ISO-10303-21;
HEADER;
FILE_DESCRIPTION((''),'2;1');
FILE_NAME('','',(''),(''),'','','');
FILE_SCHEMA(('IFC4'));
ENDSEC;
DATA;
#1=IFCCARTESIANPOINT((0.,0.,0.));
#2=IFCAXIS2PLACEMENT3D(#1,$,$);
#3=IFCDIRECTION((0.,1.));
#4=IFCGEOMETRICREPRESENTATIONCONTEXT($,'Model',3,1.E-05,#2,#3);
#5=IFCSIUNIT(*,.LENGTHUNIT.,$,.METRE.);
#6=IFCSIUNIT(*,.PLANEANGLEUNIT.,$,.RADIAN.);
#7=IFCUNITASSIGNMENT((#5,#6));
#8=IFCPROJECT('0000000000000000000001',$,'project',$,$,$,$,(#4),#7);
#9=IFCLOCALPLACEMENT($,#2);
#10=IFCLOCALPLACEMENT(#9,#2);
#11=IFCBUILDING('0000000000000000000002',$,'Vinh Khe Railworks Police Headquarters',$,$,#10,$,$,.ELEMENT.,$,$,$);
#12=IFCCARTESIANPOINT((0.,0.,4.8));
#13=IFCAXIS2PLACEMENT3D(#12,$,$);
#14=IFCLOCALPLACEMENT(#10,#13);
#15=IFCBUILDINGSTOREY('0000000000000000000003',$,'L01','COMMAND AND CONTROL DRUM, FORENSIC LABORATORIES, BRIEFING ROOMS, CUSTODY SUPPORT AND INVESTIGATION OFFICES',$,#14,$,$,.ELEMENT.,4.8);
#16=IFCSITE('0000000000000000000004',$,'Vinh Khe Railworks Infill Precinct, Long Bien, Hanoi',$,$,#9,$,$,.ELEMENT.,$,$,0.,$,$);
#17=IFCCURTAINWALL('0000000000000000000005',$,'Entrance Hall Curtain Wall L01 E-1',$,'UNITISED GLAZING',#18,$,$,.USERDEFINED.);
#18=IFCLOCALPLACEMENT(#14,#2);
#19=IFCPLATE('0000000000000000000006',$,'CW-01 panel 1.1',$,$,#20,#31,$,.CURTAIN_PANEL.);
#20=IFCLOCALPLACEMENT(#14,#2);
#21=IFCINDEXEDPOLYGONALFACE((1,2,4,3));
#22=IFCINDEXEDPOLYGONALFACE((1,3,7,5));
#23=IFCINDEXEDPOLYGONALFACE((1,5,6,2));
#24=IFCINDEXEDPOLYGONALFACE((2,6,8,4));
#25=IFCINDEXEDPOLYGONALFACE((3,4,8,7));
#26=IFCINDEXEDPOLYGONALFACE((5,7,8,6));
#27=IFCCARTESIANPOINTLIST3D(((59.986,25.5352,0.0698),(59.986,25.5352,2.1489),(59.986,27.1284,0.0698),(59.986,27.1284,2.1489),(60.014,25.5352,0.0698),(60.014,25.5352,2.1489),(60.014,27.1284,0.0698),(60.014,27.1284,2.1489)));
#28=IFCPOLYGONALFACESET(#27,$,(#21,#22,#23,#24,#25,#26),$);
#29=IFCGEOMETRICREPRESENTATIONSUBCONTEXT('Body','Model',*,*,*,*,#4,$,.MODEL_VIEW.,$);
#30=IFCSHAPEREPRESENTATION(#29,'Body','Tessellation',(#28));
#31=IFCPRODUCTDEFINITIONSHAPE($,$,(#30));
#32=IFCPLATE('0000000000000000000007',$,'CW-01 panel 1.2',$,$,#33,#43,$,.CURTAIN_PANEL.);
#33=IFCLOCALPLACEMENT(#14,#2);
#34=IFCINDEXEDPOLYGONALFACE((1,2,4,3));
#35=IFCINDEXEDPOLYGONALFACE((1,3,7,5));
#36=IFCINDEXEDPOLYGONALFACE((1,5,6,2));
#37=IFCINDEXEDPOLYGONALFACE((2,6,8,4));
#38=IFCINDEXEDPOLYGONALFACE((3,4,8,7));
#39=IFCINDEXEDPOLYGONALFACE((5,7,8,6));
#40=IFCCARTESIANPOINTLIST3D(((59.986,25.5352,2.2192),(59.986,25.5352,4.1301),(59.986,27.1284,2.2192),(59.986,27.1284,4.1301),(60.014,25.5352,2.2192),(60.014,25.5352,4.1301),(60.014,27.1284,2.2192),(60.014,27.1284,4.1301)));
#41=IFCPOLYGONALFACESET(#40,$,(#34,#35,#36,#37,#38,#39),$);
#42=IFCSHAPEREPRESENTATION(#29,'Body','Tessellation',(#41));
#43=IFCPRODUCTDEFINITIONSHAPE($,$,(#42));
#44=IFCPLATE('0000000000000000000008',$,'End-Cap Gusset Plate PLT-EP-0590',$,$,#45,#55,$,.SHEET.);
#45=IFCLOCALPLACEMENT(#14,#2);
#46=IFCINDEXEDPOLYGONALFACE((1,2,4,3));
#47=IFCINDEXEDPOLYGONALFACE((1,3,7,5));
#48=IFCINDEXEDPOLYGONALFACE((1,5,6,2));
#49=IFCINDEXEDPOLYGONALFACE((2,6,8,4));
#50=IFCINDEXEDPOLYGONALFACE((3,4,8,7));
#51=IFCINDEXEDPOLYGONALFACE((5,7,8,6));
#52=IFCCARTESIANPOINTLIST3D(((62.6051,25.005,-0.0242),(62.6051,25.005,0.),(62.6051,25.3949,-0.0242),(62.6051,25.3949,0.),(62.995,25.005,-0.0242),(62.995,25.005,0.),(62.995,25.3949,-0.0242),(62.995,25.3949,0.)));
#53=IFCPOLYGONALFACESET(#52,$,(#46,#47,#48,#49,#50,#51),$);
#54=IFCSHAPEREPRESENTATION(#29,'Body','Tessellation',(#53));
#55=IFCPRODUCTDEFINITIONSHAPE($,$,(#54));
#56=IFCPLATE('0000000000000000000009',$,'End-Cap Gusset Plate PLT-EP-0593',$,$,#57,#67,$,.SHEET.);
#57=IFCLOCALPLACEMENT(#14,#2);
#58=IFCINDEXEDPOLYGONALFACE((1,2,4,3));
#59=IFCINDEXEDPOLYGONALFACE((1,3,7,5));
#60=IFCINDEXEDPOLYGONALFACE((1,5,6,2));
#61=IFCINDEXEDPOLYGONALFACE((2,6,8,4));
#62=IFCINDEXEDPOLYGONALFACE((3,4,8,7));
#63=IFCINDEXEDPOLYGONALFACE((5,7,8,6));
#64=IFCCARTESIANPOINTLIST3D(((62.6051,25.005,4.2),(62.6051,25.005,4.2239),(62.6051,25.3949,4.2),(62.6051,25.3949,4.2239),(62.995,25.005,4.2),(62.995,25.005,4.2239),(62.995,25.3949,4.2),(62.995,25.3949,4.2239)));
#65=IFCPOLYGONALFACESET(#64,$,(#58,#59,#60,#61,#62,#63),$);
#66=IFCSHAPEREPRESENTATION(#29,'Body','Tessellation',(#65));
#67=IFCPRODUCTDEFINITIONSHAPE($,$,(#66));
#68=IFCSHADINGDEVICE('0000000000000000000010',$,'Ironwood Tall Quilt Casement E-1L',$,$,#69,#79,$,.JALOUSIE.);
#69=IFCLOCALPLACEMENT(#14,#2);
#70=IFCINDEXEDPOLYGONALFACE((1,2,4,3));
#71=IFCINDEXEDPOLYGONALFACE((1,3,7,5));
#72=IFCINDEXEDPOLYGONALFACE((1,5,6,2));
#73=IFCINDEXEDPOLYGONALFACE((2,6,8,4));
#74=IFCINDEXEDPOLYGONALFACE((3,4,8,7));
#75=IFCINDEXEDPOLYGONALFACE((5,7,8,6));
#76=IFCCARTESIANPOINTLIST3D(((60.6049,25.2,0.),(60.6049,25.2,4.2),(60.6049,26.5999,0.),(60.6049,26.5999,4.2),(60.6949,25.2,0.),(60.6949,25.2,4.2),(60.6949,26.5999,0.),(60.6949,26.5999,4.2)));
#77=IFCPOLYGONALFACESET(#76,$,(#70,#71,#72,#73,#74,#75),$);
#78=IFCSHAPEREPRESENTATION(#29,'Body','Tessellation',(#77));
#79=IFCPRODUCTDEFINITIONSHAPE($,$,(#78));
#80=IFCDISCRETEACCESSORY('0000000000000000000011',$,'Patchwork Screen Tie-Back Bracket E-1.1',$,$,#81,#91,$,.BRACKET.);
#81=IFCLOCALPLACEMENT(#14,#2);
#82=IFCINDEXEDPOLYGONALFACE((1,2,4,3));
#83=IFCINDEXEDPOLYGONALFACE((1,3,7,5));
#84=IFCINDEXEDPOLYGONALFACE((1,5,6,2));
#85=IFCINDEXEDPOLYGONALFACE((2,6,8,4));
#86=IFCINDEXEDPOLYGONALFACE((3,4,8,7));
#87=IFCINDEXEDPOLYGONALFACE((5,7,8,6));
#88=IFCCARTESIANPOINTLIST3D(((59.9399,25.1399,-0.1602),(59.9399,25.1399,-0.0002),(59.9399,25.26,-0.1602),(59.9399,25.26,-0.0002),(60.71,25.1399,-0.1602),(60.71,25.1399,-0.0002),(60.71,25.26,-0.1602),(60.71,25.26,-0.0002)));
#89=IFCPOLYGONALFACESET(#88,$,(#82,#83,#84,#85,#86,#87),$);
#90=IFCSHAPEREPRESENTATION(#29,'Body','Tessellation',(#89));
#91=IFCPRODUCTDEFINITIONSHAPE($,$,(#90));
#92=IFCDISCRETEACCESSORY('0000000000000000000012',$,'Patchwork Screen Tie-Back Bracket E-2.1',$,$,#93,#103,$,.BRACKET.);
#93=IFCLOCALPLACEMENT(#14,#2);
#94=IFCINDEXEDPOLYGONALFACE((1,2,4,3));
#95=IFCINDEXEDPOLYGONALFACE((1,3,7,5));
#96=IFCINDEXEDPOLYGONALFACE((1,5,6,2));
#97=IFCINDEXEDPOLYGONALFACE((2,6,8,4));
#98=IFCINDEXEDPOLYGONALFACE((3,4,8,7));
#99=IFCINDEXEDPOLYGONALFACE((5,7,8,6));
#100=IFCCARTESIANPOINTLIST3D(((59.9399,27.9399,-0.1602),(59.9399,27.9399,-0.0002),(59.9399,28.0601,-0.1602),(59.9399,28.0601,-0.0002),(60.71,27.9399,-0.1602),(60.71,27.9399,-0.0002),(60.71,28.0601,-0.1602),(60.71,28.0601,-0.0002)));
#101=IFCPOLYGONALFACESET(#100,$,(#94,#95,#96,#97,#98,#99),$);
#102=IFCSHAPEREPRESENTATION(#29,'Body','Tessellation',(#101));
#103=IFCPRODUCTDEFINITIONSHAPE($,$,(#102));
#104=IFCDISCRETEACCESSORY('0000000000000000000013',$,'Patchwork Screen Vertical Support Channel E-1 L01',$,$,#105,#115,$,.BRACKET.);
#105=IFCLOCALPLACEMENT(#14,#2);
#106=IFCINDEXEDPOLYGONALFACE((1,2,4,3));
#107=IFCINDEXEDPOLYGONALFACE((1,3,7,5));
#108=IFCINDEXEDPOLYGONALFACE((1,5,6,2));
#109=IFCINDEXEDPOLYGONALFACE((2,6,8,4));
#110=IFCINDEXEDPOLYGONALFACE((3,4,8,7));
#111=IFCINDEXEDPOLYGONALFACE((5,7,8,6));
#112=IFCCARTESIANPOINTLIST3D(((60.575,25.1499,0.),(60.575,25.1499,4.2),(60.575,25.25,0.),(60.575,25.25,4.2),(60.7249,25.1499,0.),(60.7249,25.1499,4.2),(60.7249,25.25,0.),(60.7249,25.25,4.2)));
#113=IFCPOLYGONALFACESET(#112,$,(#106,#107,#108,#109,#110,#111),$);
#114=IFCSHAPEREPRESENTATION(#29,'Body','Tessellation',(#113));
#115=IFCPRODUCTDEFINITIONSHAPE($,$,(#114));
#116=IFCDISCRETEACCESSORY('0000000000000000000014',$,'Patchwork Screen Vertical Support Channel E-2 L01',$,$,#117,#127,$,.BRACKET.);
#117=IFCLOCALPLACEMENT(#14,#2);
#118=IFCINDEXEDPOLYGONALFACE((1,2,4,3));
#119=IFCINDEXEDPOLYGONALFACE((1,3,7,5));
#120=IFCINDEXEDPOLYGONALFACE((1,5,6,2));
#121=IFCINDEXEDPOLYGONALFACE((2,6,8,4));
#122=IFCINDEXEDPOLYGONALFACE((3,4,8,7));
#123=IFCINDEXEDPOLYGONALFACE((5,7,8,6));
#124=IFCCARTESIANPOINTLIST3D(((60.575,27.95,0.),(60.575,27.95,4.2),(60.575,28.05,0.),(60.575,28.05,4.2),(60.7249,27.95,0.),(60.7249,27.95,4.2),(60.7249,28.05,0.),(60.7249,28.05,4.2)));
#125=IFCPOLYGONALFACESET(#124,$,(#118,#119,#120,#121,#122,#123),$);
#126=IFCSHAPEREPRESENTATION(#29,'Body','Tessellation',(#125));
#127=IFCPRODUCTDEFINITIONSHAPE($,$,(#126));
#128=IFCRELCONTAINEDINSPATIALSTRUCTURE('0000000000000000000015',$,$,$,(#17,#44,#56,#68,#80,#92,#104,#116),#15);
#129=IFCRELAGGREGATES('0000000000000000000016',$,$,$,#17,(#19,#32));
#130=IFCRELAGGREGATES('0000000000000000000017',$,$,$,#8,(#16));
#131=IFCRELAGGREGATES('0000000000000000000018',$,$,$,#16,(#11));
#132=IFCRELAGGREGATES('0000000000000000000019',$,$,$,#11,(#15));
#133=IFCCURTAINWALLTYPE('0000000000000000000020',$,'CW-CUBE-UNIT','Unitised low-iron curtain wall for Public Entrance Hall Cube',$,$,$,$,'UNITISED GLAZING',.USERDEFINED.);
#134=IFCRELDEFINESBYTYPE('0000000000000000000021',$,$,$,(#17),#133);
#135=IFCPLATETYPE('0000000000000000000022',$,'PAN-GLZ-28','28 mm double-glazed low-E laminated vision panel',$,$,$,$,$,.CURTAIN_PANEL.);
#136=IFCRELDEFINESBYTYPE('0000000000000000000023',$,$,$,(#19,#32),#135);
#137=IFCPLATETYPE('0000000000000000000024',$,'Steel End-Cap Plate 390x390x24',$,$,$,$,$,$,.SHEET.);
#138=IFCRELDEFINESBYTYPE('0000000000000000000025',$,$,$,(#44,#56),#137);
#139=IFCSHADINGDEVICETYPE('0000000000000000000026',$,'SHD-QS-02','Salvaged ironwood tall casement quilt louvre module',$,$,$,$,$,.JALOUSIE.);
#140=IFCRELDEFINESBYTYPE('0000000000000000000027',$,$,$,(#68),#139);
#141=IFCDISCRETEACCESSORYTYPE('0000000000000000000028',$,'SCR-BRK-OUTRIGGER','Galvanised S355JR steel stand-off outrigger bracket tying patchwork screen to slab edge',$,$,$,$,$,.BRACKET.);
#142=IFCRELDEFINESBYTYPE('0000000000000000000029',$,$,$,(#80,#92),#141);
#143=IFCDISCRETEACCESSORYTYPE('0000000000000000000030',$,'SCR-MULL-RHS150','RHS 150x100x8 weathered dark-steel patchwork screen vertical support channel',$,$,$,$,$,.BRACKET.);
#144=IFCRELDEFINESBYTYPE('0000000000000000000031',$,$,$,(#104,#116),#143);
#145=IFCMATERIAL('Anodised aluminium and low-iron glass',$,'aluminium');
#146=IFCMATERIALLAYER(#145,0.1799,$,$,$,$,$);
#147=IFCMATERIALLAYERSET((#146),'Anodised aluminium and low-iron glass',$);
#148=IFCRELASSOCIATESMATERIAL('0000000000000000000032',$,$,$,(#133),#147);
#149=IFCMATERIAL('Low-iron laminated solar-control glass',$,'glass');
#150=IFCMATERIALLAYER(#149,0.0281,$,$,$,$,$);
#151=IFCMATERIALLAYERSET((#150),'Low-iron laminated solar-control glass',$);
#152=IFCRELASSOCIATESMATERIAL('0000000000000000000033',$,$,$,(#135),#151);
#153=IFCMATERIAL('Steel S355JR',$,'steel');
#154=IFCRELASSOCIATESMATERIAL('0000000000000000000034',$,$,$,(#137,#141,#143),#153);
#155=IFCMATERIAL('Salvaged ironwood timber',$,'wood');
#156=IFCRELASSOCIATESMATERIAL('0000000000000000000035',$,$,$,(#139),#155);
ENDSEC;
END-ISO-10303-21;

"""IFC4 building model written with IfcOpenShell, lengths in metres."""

from ifc_helpers import new_model, si_unit, direction, frame, origin, origin_2d, place, context, subcontext, project, spatial, rectangle, extrude, material, layer, layer_set, material_profile, profile_set, type_object, element, aggregate, save


model = new_model("IFC4")

# Units and contexts
model_context = context("Model", 3, precision=1e-05, world=origin(), true_north=direction((0.0, 1.0)))
body_context = subcontext(model_context, "Body", "Model", "MODEL_VIEW")
ifc_project = project(units=[si_unit("LENGTHUNIT", "METRE"), si_unit("PLANEANGLEUNIT", "RADIAN")], contexts=[model_context])

# Site, building, storey
site_placement = place(None, origin())
site = spatial("IfcSite", under=ifc_project, at=site_placement, Name="Vinh Khe Railworks Infill Precinct, Long Bien, Hanoi", CompositionType="ELEMENT", RefElevation=0.0)
building_placement = place(site_placement, origin())
building = spatial("IfcBuilding", under=site, at=building_placement, Name="Vinh Khe Railworks Police Headquarters", CompositionType="ELEMENT")
storey_placement = place(building_placement, frame((0.0, 0.0, 4.8)))
storey = spatial("IfcBuildingStorey", under=building, at=storey_placement, Name="L01", Description="COMMAND AND CONTROL DRUM, FORENSIC LABORATORIES, BRIEFING ROOMS, CUSTODY SUPPORT AND INVESTIGATION OFFICES", CompositionType="ELEMENT", Elevation=4.8)

# Shared definitions
ifc_material_1 = material(Name="Steel S355JR", Category="steel")

# Shared definitions
ifc_material_2 = material(Name="Salvaged ironwood timber", Category="wood")

# Curtain wall, plates
ifc_material_3 = material(Name="Anodised aluminium and low-iron glass", Category="aluminium")
ifc_layer_1 = layer(ifc_material_3, 0.1799)
ifc_layer_set_1 = layer_set([ifc_layer_1], Name="Anodised aluminium and low-iron glass")
curtain_wall_type = type_object("IfcCurtainWallType", Name="CW-CUBE-UNIT", Description="Unitised low-iron curtain wall for Public Entrance Hall Cube", ElementType="UNITISED GLAZING", PredefinedType="USERDEFINED", material=ifc_layer_set_1)
curtain_wall_placement = place(storey_placement, origin())
curtain_wall = element("IfcCurtainWall", 1, at=curtain_wall_placement, inside=storey, type_object=curtain_wall_type, Name="Entrance Hall Curtain Wall L01 E-1", ObjectType="UNITISED GLAZING", PredefinedType="USERDEFINED")
ifc_material_4 = material(Name="Low-iron laminated solar-control glass", Category="glass")
ifc_layer_2 = layer(ifc_material_4, 0.0281)
ifc_layer_set_2 = layer_set([ifc_layer_2], Name="Low-iron laminated solar-control glass")
plate_type_1 = type_object("IfcPlateType", Name="PAN-GLZ-28", Description="28 mm double-glazed low-E laminated vision panel", PredefinedType="CURTAIN_PANEL", material=ifc_layer_set_2)
plate_1_placement = place(storey_placement, frame((60.0, 26.3318, 0.0698), z_axis=(0.0, 0.0, 1.0), x_axis=(0.0, 1.0, 0.0)))
plate_1 = element("IfcPlate", 2, at=plate_1_placement, type_object=plate_type_1, Name="CW-01 panel 1.1", PredefinedType="CURTAIN_PANEL", context=body_context, shape_type="SweptSolid", body=[
    extrude(rectangle(XDim=1.5933, YDim=0.0281, at=origin_2d()), origin(), (0.0, 0.0, 1.0), 2.0791),
])
plate_2_placement = place(storey_placement, frame((60.0, 26.3318, 2.2192), z_axis=(0.0, 0.0, 1.0), x_axis=(0.0, 1.0, 0.0)))
plate_2 = element("IfcPlate", 3, at=plate_2_placement, type_object=plate_type_1, Name="CW-01 panel 1.2", PredefinedType="CURTAIN_PANEL", context=body_context, shape_type="SweptSolid", body=[
    extrude(rectangle(XDim=1.5933, YDim=0.0281, at=origin_2d()), origin(), (0.0, 0.0, 1.0), 1.9109),
])
aggregate(curtain_wall, [plate_1, plate_2])

# Plates
ifc_material_profile_1 = material_profile(ifc_material_1, rectangle(XDim=0.3899, YDim=0.3899, at=origin_2d()), Name="PL 390x390")
ifc_profile_set_1 = profile_set([ifc_material_profile_1], Name="Steel S355JR")
plate_type_2 = type_object("IfcPlateType", Name="Steel End-Cap Plate 390x390x24", PredefinedType="SHEET", material=ifc_profile_set_1)
plate_3_placement = place(storey_placement, frame((62.8, 25.2, 0.0), z_axis=(0.0, 0.0, -1.0), x_axis=(1.0, 0.0, 0.0)))
element("IfcPlate", 4, at=plate_3_placement, inside=storey, type_object=plate_type_2, Name="End-Cap Gusset Plate PLT-EP-0590", PredefinedType="SHEET", context=body_context, shape_type="SweptSolid", body=[
    extrude(rectangle(XDim=0.3899, YDim=0.3899, at=origin_2d()), origin(), (0.0, 0.0, 1.0), 0.0242),
])
plate_4_placement = place(storey_placement, frame((62.8, 25.2, 4.2), z_axis=(0.0, 0.0, 1.0), x_axis=(1.0, 0.0, 0.0)))
element("IfcPlate", 5, at=plate_4_placement, inside=storey, type_object=plate_type_2, Name="End-Cap Gusset Plate PLT-EP-0593", PredefinedType="SHEET", context=body_context, shape_type="SweptSolid", body=[
    extrude(rectangle(XDim=0.3899, YDim=0.3899, at=origin_2d()), origin(), (0.0, 0.0, 1.0), 0.0239),
])

# Shading device
shading_device_type = type_object("IfcShadingDeviceType", Name="SHD-QS-02", Description="Salvaged ironwood tall casement quilt louvre module", PredefinedType="JALOUSIE", material=ifc_material_2)
shading_device_placement = place(storey_placement, frame((60.6499, 25.8999, 0.0), z_axis=(0.0, 0.0, 1.0), x_axis=(0.0, 1.0, 0.0)))
element("IfcShadingDevice", 6, at=shading_device_placement, inside=storey, type_object=shading_device_type, Name="Ironwood Tall Quilt Casement E-1L", PredefinedType="JALOUSIE", context=body_context, shape_type="SweptSolid", body=[
    extrude(rectangle(XDim=1.3999, YDim=0.0901, at=origin_2d()), origin(), (0.0, 0.0, 1.0), 4.2),
])

# Discrete accessories
discrete_accessory_type_1 = type_object("IfcDiscreteAccessoryType", Name="SCR-BRK-OUTRIGGER", Description="Galvanised S355JR steel stand-off outrigger bracket tying patchwork screen to slab edge", PredefinedType="BRACKET", material=ifc_material_1)
for number, where, z_axis, x_axis, name in (
    (7, (60.325, 25.2, -0.1602), (0.0, 0.0, 1.0), (1.0, 0.0, 0.0), "Patchwork Screen Tie-Back Bracket E-1.1"),
    (8, (60.325, 28.0, -0.1602), (0.0, 0.0, 1.0), (1.0, 0.0, 0.0), "Patchwork Screen Tie-Back Bracket E-2.1"),
):
    element("IfcDiscreteAccessory", number, at=place(storey_placement, frame(where, z_axis=z_axis, x_axis=x_axis)), inside=storey, type_object=discrete_accessory_type_1, Name=name, PredefinedType="BRACKET", context=body_context, shape_type="SweptSolid", body=[
        extrude(rectangle(XDim=0.77, YDim=0.1201, at=origin_2d()), origin(), (0.0, 0.0, 1.0), 0.1599),
    ])
discrete_accessory_type_2 = type_object("IfcDiscreteAccessoryType", Name="SCR-MULL-RHS150", Description="RHS 150x100x8 weathered dark-steel patchwork screen vertical support channel", PredefinedType="BRACKET", material=ifc_material_1)
for number, where, z_axis, x_axis, name in (
    (9, (60.6499, 25.2, 0.0), (0.0, 0.0, 1.0), (1.0, 0.0, 0.0), "Patchwork Screen Vertical Support Channel E-1 L01"),
    (10, (60.6499, 28.0, 0.0), (0.0, 0.0, 1.0), (1.0, 0.0, 0.0), "Patchwork Screen Vertical Support Channel E-2 L01"),
):
    element("IfcDiscreteAccessory", number, at=place(storey_placement, frame(where, z_axis=z_axis, x_axis=x_axis)), inside=storey, type_object=discrete_accessory_type_2, Name=name, PredefinedType="BRACKET", context=body_context, shape_type="SweptSolid", body=[
        extrude(rectangle(XDim=0.1499, YDim=0.1001, at=origin_2d()), origin(), (0.0, 0.0, 1.0), 4.2),
    ])

save(model, "model.ifc")
